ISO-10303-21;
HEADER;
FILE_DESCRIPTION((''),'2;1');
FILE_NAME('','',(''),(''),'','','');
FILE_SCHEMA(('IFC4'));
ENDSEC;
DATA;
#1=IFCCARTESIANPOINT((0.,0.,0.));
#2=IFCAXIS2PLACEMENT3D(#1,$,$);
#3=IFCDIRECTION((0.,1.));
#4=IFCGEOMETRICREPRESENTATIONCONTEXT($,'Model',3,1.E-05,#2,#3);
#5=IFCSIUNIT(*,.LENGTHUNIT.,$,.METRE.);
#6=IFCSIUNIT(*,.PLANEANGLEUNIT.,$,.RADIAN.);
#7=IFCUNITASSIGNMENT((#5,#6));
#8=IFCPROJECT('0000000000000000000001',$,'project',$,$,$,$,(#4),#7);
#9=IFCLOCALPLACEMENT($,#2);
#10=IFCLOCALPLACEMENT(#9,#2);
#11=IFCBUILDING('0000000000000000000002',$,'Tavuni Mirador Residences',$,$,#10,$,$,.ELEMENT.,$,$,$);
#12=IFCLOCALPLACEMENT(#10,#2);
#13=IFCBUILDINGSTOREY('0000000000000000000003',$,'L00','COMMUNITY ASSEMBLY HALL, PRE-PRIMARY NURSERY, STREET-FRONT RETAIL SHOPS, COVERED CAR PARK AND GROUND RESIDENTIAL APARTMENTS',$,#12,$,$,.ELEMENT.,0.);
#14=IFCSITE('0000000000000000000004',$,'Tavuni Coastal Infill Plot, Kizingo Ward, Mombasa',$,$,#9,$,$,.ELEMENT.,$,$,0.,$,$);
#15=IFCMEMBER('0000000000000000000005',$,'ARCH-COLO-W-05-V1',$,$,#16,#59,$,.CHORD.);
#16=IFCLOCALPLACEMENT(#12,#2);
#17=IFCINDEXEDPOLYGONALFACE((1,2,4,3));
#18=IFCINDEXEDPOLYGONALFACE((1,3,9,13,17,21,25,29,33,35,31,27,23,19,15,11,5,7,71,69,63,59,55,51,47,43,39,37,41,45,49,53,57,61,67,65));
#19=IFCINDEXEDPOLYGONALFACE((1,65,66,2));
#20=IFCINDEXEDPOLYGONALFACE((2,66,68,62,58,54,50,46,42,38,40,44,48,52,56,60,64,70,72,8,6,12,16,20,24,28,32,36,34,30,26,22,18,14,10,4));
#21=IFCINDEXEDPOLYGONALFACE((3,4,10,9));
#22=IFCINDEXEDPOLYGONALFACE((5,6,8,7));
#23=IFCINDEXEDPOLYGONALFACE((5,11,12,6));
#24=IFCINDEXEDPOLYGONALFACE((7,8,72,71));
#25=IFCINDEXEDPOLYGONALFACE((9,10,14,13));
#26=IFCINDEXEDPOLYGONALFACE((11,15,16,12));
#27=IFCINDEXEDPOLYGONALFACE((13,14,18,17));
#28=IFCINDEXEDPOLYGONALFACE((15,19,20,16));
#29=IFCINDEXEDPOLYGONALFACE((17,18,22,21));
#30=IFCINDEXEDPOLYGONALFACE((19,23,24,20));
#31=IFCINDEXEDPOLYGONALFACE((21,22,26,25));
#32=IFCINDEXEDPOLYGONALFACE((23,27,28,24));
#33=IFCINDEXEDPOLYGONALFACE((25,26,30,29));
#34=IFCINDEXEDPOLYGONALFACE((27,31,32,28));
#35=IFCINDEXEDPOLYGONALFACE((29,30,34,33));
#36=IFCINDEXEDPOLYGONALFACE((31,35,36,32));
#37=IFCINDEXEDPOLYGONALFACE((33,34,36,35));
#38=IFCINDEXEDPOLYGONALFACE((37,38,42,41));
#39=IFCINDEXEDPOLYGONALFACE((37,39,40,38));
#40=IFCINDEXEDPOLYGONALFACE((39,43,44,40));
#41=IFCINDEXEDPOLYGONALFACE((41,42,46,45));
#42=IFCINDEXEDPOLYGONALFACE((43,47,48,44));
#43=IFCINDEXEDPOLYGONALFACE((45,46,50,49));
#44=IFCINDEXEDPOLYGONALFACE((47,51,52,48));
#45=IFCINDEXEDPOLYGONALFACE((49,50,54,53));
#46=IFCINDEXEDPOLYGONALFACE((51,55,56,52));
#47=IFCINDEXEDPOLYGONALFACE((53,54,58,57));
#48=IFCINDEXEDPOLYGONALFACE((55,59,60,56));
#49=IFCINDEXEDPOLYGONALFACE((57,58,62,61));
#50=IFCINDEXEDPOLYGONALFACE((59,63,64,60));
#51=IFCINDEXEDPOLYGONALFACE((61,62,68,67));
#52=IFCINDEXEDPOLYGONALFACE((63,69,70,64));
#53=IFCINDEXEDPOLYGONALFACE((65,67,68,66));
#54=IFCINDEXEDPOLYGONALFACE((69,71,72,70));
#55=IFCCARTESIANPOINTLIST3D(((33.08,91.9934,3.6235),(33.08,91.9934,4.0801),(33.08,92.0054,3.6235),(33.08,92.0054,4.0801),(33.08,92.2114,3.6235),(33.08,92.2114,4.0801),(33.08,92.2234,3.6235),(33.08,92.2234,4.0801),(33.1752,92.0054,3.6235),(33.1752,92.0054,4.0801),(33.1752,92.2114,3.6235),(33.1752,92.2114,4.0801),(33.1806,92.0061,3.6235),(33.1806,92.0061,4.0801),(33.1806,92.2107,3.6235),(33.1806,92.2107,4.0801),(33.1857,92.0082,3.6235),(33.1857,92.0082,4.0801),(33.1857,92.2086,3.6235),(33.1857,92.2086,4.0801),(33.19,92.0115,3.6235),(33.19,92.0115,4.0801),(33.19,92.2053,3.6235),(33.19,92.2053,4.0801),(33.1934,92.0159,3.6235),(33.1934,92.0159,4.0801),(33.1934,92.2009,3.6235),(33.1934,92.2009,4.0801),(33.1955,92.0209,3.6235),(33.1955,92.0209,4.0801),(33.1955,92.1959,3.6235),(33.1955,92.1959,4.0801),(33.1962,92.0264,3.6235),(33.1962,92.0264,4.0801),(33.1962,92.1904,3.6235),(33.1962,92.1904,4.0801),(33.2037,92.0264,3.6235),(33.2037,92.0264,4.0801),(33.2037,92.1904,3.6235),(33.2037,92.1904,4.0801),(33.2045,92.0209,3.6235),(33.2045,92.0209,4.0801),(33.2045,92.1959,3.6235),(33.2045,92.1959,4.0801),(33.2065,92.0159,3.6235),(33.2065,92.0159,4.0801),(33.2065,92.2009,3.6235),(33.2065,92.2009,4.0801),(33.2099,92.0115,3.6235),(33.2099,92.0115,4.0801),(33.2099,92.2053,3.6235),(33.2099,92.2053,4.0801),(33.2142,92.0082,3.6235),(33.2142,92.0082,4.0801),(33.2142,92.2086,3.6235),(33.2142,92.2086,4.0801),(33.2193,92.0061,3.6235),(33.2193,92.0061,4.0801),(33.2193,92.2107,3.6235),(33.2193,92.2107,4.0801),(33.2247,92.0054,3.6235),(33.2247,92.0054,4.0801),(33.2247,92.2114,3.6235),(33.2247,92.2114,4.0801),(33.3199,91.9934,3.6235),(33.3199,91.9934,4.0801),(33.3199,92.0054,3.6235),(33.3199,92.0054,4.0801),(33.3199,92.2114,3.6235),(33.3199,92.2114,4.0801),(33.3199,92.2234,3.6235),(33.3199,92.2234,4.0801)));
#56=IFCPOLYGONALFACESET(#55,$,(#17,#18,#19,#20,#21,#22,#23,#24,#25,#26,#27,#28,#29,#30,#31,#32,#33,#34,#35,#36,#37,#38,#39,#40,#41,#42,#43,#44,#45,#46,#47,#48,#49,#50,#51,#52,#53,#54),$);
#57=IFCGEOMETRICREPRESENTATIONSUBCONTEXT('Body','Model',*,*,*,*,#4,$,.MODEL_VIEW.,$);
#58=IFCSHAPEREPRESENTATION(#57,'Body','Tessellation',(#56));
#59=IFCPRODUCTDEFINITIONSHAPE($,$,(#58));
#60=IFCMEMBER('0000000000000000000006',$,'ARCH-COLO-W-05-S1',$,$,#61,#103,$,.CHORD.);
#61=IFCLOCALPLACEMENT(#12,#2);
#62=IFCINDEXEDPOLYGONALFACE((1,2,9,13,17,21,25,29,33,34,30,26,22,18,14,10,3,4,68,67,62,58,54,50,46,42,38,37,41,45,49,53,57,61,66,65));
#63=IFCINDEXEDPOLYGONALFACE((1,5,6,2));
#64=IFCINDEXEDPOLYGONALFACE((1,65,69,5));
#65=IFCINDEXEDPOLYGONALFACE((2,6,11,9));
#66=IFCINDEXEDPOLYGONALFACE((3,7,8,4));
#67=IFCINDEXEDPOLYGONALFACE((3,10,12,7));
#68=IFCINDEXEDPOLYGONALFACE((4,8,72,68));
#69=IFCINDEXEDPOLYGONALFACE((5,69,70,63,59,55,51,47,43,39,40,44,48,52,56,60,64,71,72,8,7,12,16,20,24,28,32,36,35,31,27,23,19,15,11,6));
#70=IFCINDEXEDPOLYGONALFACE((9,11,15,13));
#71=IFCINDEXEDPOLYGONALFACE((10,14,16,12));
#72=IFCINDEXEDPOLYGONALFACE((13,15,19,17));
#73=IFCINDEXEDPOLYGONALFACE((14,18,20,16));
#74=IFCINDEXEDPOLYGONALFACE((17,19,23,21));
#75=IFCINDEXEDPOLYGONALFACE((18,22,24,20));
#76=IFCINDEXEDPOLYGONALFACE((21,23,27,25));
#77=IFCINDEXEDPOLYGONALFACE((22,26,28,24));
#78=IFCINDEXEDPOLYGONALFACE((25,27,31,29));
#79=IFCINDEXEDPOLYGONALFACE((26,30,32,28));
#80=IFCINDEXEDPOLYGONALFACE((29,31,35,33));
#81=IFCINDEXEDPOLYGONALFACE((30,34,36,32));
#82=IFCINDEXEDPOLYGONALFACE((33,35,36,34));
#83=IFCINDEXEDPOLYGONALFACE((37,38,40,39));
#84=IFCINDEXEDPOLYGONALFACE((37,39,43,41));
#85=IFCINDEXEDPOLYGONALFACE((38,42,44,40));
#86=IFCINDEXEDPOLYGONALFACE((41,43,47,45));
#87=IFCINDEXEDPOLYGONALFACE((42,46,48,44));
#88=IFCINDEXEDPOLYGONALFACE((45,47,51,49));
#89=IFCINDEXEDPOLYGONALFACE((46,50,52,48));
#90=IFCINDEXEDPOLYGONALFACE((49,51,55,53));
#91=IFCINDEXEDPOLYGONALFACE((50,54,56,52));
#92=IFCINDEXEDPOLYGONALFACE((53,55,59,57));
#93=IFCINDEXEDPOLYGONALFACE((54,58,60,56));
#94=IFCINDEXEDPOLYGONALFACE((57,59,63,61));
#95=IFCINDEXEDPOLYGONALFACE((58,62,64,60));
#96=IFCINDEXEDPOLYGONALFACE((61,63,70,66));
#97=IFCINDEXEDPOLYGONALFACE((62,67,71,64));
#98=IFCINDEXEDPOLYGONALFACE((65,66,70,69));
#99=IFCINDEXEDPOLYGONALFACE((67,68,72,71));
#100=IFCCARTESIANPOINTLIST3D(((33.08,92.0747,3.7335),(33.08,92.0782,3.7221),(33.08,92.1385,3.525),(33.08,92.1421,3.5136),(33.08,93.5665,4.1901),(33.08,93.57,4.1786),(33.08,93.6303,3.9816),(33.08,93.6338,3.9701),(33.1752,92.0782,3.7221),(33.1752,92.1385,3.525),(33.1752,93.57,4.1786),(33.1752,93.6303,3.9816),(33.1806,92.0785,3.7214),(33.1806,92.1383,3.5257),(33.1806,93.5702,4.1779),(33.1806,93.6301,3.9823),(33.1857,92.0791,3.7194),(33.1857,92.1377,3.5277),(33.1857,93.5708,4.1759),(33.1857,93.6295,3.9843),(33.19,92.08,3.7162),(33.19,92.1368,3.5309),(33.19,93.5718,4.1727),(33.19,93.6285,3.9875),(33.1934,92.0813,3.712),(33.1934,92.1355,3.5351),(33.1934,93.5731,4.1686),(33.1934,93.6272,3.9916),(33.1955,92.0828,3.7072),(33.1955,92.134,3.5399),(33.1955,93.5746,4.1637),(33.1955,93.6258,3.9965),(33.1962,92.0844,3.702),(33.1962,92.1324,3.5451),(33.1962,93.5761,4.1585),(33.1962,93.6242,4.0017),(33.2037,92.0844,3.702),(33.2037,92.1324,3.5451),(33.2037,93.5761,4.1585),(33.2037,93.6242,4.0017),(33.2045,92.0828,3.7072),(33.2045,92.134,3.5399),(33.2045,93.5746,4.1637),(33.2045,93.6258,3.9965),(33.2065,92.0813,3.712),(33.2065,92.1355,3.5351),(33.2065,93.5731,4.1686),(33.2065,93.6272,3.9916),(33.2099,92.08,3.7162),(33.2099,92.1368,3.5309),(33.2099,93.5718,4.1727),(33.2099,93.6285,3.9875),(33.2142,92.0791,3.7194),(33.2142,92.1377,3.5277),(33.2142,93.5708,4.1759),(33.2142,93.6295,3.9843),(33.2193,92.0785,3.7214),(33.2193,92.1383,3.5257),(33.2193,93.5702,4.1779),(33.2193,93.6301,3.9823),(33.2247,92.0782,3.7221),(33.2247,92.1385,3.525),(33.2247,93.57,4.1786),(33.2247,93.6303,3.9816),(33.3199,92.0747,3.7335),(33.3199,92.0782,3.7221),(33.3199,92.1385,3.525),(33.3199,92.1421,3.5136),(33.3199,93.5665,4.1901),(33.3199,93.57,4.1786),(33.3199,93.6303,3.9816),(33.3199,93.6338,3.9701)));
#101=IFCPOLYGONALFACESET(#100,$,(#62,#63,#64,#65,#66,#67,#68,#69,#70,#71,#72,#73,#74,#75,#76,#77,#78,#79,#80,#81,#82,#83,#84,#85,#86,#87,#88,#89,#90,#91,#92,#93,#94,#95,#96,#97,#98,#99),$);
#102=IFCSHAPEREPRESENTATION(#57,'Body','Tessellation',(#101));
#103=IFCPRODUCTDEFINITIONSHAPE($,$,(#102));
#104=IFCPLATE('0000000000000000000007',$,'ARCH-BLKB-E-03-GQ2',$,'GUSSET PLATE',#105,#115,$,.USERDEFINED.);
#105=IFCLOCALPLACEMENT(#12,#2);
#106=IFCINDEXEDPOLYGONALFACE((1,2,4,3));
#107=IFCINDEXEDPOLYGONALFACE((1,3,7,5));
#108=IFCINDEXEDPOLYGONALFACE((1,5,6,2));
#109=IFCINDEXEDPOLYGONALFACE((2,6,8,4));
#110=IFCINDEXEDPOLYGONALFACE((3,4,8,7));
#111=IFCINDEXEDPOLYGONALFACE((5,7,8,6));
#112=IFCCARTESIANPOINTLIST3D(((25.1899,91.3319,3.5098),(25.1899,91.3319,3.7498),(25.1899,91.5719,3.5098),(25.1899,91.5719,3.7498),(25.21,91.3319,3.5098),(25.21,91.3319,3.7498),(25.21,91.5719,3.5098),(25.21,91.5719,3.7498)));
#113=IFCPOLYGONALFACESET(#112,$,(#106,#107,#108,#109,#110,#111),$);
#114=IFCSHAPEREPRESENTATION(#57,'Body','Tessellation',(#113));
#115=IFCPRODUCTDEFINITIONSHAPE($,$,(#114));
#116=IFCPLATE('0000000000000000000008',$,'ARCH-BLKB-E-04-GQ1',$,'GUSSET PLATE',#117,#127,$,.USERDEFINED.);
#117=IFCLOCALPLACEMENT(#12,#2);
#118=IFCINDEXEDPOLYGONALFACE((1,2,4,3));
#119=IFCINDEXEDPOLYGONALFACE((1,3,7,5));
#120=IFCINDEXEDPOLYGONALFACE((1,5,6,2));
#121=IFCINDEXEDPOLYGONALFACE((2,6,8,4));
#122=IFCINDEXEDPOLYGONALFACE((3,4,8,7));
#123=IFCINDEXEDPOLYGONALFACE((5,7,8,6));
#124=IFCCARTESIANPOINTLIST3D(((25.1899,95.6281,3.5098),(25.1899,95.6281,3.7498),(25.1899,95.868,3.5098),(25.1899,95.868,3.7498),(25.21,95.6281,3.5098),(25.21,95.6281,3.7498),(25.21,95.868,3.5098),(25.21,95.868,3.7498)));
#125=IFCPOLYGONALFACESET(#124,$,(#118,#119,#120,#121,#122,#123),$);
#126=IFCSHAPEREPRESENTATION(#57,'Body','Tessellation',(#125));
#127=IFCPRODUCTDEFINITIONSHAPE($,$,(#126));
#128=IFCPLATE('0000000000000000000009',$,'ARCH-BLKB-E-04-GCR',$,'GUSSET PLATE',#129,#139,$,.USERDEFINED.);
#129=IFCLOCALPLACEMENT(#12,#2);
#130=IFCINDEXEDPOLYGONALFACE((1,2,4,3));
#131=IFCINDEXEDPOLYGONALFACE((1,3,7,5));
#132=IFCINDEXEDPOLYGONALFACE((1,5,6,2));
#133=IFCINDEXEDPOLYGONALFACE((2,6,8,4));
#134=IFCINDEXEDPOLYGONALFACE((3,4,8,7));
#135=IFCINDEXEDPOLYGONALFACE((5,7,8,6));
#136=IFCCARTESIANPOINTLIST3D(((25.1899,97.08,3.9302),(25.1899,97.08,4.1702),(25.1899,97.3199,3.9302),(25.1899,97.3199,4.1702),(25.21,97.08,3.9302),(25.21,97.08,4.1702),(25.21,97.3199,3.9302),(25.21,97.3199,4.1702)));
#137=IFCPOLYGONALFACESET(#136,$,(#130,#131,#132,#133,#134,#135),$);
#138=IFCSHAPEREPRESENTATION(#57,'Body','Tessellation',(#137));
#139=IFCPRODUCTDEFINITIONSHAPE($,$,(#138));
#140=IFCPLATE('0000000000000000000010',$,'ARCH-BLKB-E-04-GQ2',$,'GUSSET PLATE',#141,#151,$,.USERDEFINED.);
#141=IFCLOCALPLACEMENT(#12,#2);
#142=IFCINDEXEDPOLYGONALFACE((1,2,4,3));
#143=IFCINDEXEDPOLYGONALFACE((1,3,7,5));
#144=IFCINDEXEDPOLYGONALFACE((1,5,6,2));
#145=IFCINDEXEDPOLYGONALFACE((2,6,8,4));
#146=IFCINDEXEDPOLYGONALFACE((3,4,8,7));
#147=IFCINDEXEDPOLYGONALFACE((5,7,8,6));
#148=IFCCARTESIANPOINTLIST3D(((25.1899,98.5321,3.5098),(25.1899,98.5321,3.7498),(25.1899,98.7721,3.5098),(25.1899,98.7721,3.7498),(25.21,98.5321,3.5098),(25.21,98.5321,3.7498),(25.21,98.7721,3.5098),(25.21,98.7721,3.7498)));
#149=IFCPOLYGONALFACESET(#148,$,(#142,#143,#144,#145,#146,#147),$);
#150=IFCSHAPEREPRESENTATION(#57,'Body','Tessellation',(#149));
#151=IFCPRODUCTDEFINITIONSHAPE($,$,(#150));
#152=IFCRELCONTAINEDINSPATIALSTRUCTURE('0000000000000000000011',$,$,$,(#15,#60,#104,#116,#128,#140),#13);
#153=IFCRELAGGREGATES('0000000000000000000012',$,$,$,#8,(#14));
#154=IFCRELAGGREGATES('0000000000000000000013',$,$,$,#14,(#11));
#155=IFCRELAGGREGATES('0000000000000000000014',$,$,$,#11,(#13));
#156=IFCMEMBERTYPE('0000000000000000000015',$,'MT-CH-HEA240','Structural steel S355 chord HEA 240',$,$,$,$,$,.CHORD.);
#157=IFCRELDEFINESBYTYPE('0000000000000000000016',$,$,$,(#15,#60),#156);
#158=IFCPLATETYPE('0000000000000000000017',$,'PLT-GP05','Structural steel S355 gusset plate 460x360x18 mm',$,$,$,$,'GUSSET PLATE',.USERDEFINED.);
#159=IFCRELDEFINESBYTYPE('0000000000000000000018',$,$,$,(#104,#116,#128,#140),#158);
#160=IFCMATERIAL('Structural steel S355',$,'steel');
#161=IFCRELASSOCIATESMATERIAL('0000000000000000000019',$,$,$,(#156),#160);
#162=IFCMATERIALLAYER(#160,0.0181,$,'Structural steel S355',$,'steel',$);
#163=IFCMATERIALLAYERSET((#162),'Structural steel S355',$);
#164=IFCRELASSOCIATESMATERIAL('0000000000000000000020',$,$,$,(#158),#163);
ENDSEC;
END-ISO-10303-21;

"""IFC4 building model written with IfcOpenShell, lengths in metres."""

from ifc_helpers import new_model, si_unit, direction, frame, origin, origin_2d, place, context, subcontext, project, spatial, rectangle, i_section, extrude, material, layer, layer_set, material_profile, profile_set, type_object, element, save


model = new_model("IFC4")

# Units and contexts
model_context = context("Model", 3, precision=1e-05, world=origin(), true_north=direction((0.0, 1.0)))
body_context = subcontext(model_context, "Body", "Model", "MODEL_VIEW")
ifc_project = project(units=[si_unit("LENGTHUNIT", "METRE"), si_unit("PLANEANGLEUNIT", "RADIAN")], contexts=[model_context])

# Site, building, storey
site_placement = place(None, origin())
site = spatial("IfcSite", under=ifc_project, at=site_placement, Name="Tavuni Coastal Infill Plot, Kizingo Ward, Mombasa", CompositionType="ELEMENT", RefElevation=0.0)
building_placement = place(site_placement, origin())
building = spatial("IfcBuilding", under=site, at=building_placement, Name="Tavuni Mirador Residences", CompositionType="ELEMENT")
storey_placement = place(building_placement, origin())
storey = spatial("IfcBuildingStorey", under=building, at=storey_placement, Name="L00", Description="COMMUNITY ASSEMBLY HALL, PRE-PRIMARY NURSERY, STREET-FRONT RETAIL SHOPS, COVERED CAR PARK AND GROUND RESIDENTIAL APARTMENTS", CompositionType="ELEMENT", Elevation=0.0)

# Members
ifc_material_1 = material(Name="Structural steel S355", Category="steel")
ifc_material_profile_1 = material_profile(ifc_material_1, i_section(OverallWidth=0.24, OverallDepth=0.23, WebThickness=0.0076, FlangeThickness=0.012, FilletRadius=0.021, at=origin_2d()), Name="HEA 240", Category="steel")
ifc_profile_set_1 = profile_set([ifc_material_profile_1], Name="Structural steel S355")
member_type_1 = type_object("IfcMemberType", Name="MT-CH-HEA240", Description="Structural steel S355 chord HEA 240", PredefinedType="CHORD", material=ifc_profile_set_1)
member_1_placement = place(storey_placement, frame((33.2, 92.1084, 3.6235), z_axis=(0.0, 0.0, 1.0), x_axis=(1.0, 0.0, 0.0)))
element("IfcMember", 1, at=member_1_placement, inside=storey, type_object=member_type_1, Name="ARCH-COLO-W-05-V1", PredefinedType="CHORD", context=body_context, shape_type="SweptSolid", body=[
    extrude(i_section(OverallWidth=0.24, OverallDepth=0.23, WebThickness=0.0076, FlangeThickness=0.012, FilletRadius=0.021, at=origin_2d()), origin(), (0.0, 0.0, 1.0), 0.4565),
])
member_2_placement = place(storey_placement, frame((33.2, 92.1084, 3.6235), z_axis=(0.0, 0.956218, 0.292656), x_axis=(-1.0, 0.0, 0.0)))
element("IfcMember", 2, at=member_2_placement, inside=storey, type_object=member_type_1, Name="ARCH-COLO-W-05-S1", PredefinedType="CHORD", context=body_context, shape_type="SweptSolid", body=[
    extrude(i_section(OverallWidth=0.24, OverallDepth=0.23, WebThickness=0.0076, FlangeThickness=0.012, FilletRadius=0.021, at=origin_2d()), origin(), (0.0, 0.0, 1.0), 1.5601),
])

# Plates
ifc_layer_1 = layer(ifc_material_1, 0.0181, Name="Structural steel S355", Category="steel")
ifc_layer_set_1 = layer_set([ifc_layer_1], Name="Structural steel S355")
plate_type = type_object("IfcPlateType", Name="PLT-GP05", Description="Structural steel S355 gusset plate 460x360x18 mm", ElementType="GUSSET PLATE", PredefinedType="USERDEFINED", material=ifc_layer_set_1)
for number, where, z_axis, x_axis, name in (
    (3, (25.2, 91.4519, 3.5098), (0.0, 0.0, 1.0), (1.0, 0.0, 0.0), "ARCH-BLKB-E-03-GQ2"),
    (4, (25.2, 95.748, 3.5098), (0.0, 0.0, 1.0), (1.0, 0.0, 0.0), "ARCH-BLKB-E-04-GQ1"),
    (5, (25.2, 97.2, 3.9302), (0.0, 0.0, 1.0), (1.0, 0.0, 0.0), "ARCH-BLKB-E-04-GCR"),
    (6, (25.2, 98.6521, 3.5098), (0.0, 0.0, 1.0), (1.0, 0.0, 0.0), "ARCH-BLKB-E-04-GQ2"),
):
    element("IfcPlate", number, at=place(storey_placement, frame(where, z_axis=z_axis, x_axis=x_axis)), inside=storey, type_object=plate_type, Name=name, ObjectType="GUSSET PLATE", PredefinedType="USERDEFINED", context=body_context, shape_type="SweptSolid", body=[
        extrude(rectangle(XDim=0.02, YDim=0.24, at=origin_2d()), origin(), (0.0, 0.0, 1.0), 0.24),
    ])

save(model, "model.ifc")
